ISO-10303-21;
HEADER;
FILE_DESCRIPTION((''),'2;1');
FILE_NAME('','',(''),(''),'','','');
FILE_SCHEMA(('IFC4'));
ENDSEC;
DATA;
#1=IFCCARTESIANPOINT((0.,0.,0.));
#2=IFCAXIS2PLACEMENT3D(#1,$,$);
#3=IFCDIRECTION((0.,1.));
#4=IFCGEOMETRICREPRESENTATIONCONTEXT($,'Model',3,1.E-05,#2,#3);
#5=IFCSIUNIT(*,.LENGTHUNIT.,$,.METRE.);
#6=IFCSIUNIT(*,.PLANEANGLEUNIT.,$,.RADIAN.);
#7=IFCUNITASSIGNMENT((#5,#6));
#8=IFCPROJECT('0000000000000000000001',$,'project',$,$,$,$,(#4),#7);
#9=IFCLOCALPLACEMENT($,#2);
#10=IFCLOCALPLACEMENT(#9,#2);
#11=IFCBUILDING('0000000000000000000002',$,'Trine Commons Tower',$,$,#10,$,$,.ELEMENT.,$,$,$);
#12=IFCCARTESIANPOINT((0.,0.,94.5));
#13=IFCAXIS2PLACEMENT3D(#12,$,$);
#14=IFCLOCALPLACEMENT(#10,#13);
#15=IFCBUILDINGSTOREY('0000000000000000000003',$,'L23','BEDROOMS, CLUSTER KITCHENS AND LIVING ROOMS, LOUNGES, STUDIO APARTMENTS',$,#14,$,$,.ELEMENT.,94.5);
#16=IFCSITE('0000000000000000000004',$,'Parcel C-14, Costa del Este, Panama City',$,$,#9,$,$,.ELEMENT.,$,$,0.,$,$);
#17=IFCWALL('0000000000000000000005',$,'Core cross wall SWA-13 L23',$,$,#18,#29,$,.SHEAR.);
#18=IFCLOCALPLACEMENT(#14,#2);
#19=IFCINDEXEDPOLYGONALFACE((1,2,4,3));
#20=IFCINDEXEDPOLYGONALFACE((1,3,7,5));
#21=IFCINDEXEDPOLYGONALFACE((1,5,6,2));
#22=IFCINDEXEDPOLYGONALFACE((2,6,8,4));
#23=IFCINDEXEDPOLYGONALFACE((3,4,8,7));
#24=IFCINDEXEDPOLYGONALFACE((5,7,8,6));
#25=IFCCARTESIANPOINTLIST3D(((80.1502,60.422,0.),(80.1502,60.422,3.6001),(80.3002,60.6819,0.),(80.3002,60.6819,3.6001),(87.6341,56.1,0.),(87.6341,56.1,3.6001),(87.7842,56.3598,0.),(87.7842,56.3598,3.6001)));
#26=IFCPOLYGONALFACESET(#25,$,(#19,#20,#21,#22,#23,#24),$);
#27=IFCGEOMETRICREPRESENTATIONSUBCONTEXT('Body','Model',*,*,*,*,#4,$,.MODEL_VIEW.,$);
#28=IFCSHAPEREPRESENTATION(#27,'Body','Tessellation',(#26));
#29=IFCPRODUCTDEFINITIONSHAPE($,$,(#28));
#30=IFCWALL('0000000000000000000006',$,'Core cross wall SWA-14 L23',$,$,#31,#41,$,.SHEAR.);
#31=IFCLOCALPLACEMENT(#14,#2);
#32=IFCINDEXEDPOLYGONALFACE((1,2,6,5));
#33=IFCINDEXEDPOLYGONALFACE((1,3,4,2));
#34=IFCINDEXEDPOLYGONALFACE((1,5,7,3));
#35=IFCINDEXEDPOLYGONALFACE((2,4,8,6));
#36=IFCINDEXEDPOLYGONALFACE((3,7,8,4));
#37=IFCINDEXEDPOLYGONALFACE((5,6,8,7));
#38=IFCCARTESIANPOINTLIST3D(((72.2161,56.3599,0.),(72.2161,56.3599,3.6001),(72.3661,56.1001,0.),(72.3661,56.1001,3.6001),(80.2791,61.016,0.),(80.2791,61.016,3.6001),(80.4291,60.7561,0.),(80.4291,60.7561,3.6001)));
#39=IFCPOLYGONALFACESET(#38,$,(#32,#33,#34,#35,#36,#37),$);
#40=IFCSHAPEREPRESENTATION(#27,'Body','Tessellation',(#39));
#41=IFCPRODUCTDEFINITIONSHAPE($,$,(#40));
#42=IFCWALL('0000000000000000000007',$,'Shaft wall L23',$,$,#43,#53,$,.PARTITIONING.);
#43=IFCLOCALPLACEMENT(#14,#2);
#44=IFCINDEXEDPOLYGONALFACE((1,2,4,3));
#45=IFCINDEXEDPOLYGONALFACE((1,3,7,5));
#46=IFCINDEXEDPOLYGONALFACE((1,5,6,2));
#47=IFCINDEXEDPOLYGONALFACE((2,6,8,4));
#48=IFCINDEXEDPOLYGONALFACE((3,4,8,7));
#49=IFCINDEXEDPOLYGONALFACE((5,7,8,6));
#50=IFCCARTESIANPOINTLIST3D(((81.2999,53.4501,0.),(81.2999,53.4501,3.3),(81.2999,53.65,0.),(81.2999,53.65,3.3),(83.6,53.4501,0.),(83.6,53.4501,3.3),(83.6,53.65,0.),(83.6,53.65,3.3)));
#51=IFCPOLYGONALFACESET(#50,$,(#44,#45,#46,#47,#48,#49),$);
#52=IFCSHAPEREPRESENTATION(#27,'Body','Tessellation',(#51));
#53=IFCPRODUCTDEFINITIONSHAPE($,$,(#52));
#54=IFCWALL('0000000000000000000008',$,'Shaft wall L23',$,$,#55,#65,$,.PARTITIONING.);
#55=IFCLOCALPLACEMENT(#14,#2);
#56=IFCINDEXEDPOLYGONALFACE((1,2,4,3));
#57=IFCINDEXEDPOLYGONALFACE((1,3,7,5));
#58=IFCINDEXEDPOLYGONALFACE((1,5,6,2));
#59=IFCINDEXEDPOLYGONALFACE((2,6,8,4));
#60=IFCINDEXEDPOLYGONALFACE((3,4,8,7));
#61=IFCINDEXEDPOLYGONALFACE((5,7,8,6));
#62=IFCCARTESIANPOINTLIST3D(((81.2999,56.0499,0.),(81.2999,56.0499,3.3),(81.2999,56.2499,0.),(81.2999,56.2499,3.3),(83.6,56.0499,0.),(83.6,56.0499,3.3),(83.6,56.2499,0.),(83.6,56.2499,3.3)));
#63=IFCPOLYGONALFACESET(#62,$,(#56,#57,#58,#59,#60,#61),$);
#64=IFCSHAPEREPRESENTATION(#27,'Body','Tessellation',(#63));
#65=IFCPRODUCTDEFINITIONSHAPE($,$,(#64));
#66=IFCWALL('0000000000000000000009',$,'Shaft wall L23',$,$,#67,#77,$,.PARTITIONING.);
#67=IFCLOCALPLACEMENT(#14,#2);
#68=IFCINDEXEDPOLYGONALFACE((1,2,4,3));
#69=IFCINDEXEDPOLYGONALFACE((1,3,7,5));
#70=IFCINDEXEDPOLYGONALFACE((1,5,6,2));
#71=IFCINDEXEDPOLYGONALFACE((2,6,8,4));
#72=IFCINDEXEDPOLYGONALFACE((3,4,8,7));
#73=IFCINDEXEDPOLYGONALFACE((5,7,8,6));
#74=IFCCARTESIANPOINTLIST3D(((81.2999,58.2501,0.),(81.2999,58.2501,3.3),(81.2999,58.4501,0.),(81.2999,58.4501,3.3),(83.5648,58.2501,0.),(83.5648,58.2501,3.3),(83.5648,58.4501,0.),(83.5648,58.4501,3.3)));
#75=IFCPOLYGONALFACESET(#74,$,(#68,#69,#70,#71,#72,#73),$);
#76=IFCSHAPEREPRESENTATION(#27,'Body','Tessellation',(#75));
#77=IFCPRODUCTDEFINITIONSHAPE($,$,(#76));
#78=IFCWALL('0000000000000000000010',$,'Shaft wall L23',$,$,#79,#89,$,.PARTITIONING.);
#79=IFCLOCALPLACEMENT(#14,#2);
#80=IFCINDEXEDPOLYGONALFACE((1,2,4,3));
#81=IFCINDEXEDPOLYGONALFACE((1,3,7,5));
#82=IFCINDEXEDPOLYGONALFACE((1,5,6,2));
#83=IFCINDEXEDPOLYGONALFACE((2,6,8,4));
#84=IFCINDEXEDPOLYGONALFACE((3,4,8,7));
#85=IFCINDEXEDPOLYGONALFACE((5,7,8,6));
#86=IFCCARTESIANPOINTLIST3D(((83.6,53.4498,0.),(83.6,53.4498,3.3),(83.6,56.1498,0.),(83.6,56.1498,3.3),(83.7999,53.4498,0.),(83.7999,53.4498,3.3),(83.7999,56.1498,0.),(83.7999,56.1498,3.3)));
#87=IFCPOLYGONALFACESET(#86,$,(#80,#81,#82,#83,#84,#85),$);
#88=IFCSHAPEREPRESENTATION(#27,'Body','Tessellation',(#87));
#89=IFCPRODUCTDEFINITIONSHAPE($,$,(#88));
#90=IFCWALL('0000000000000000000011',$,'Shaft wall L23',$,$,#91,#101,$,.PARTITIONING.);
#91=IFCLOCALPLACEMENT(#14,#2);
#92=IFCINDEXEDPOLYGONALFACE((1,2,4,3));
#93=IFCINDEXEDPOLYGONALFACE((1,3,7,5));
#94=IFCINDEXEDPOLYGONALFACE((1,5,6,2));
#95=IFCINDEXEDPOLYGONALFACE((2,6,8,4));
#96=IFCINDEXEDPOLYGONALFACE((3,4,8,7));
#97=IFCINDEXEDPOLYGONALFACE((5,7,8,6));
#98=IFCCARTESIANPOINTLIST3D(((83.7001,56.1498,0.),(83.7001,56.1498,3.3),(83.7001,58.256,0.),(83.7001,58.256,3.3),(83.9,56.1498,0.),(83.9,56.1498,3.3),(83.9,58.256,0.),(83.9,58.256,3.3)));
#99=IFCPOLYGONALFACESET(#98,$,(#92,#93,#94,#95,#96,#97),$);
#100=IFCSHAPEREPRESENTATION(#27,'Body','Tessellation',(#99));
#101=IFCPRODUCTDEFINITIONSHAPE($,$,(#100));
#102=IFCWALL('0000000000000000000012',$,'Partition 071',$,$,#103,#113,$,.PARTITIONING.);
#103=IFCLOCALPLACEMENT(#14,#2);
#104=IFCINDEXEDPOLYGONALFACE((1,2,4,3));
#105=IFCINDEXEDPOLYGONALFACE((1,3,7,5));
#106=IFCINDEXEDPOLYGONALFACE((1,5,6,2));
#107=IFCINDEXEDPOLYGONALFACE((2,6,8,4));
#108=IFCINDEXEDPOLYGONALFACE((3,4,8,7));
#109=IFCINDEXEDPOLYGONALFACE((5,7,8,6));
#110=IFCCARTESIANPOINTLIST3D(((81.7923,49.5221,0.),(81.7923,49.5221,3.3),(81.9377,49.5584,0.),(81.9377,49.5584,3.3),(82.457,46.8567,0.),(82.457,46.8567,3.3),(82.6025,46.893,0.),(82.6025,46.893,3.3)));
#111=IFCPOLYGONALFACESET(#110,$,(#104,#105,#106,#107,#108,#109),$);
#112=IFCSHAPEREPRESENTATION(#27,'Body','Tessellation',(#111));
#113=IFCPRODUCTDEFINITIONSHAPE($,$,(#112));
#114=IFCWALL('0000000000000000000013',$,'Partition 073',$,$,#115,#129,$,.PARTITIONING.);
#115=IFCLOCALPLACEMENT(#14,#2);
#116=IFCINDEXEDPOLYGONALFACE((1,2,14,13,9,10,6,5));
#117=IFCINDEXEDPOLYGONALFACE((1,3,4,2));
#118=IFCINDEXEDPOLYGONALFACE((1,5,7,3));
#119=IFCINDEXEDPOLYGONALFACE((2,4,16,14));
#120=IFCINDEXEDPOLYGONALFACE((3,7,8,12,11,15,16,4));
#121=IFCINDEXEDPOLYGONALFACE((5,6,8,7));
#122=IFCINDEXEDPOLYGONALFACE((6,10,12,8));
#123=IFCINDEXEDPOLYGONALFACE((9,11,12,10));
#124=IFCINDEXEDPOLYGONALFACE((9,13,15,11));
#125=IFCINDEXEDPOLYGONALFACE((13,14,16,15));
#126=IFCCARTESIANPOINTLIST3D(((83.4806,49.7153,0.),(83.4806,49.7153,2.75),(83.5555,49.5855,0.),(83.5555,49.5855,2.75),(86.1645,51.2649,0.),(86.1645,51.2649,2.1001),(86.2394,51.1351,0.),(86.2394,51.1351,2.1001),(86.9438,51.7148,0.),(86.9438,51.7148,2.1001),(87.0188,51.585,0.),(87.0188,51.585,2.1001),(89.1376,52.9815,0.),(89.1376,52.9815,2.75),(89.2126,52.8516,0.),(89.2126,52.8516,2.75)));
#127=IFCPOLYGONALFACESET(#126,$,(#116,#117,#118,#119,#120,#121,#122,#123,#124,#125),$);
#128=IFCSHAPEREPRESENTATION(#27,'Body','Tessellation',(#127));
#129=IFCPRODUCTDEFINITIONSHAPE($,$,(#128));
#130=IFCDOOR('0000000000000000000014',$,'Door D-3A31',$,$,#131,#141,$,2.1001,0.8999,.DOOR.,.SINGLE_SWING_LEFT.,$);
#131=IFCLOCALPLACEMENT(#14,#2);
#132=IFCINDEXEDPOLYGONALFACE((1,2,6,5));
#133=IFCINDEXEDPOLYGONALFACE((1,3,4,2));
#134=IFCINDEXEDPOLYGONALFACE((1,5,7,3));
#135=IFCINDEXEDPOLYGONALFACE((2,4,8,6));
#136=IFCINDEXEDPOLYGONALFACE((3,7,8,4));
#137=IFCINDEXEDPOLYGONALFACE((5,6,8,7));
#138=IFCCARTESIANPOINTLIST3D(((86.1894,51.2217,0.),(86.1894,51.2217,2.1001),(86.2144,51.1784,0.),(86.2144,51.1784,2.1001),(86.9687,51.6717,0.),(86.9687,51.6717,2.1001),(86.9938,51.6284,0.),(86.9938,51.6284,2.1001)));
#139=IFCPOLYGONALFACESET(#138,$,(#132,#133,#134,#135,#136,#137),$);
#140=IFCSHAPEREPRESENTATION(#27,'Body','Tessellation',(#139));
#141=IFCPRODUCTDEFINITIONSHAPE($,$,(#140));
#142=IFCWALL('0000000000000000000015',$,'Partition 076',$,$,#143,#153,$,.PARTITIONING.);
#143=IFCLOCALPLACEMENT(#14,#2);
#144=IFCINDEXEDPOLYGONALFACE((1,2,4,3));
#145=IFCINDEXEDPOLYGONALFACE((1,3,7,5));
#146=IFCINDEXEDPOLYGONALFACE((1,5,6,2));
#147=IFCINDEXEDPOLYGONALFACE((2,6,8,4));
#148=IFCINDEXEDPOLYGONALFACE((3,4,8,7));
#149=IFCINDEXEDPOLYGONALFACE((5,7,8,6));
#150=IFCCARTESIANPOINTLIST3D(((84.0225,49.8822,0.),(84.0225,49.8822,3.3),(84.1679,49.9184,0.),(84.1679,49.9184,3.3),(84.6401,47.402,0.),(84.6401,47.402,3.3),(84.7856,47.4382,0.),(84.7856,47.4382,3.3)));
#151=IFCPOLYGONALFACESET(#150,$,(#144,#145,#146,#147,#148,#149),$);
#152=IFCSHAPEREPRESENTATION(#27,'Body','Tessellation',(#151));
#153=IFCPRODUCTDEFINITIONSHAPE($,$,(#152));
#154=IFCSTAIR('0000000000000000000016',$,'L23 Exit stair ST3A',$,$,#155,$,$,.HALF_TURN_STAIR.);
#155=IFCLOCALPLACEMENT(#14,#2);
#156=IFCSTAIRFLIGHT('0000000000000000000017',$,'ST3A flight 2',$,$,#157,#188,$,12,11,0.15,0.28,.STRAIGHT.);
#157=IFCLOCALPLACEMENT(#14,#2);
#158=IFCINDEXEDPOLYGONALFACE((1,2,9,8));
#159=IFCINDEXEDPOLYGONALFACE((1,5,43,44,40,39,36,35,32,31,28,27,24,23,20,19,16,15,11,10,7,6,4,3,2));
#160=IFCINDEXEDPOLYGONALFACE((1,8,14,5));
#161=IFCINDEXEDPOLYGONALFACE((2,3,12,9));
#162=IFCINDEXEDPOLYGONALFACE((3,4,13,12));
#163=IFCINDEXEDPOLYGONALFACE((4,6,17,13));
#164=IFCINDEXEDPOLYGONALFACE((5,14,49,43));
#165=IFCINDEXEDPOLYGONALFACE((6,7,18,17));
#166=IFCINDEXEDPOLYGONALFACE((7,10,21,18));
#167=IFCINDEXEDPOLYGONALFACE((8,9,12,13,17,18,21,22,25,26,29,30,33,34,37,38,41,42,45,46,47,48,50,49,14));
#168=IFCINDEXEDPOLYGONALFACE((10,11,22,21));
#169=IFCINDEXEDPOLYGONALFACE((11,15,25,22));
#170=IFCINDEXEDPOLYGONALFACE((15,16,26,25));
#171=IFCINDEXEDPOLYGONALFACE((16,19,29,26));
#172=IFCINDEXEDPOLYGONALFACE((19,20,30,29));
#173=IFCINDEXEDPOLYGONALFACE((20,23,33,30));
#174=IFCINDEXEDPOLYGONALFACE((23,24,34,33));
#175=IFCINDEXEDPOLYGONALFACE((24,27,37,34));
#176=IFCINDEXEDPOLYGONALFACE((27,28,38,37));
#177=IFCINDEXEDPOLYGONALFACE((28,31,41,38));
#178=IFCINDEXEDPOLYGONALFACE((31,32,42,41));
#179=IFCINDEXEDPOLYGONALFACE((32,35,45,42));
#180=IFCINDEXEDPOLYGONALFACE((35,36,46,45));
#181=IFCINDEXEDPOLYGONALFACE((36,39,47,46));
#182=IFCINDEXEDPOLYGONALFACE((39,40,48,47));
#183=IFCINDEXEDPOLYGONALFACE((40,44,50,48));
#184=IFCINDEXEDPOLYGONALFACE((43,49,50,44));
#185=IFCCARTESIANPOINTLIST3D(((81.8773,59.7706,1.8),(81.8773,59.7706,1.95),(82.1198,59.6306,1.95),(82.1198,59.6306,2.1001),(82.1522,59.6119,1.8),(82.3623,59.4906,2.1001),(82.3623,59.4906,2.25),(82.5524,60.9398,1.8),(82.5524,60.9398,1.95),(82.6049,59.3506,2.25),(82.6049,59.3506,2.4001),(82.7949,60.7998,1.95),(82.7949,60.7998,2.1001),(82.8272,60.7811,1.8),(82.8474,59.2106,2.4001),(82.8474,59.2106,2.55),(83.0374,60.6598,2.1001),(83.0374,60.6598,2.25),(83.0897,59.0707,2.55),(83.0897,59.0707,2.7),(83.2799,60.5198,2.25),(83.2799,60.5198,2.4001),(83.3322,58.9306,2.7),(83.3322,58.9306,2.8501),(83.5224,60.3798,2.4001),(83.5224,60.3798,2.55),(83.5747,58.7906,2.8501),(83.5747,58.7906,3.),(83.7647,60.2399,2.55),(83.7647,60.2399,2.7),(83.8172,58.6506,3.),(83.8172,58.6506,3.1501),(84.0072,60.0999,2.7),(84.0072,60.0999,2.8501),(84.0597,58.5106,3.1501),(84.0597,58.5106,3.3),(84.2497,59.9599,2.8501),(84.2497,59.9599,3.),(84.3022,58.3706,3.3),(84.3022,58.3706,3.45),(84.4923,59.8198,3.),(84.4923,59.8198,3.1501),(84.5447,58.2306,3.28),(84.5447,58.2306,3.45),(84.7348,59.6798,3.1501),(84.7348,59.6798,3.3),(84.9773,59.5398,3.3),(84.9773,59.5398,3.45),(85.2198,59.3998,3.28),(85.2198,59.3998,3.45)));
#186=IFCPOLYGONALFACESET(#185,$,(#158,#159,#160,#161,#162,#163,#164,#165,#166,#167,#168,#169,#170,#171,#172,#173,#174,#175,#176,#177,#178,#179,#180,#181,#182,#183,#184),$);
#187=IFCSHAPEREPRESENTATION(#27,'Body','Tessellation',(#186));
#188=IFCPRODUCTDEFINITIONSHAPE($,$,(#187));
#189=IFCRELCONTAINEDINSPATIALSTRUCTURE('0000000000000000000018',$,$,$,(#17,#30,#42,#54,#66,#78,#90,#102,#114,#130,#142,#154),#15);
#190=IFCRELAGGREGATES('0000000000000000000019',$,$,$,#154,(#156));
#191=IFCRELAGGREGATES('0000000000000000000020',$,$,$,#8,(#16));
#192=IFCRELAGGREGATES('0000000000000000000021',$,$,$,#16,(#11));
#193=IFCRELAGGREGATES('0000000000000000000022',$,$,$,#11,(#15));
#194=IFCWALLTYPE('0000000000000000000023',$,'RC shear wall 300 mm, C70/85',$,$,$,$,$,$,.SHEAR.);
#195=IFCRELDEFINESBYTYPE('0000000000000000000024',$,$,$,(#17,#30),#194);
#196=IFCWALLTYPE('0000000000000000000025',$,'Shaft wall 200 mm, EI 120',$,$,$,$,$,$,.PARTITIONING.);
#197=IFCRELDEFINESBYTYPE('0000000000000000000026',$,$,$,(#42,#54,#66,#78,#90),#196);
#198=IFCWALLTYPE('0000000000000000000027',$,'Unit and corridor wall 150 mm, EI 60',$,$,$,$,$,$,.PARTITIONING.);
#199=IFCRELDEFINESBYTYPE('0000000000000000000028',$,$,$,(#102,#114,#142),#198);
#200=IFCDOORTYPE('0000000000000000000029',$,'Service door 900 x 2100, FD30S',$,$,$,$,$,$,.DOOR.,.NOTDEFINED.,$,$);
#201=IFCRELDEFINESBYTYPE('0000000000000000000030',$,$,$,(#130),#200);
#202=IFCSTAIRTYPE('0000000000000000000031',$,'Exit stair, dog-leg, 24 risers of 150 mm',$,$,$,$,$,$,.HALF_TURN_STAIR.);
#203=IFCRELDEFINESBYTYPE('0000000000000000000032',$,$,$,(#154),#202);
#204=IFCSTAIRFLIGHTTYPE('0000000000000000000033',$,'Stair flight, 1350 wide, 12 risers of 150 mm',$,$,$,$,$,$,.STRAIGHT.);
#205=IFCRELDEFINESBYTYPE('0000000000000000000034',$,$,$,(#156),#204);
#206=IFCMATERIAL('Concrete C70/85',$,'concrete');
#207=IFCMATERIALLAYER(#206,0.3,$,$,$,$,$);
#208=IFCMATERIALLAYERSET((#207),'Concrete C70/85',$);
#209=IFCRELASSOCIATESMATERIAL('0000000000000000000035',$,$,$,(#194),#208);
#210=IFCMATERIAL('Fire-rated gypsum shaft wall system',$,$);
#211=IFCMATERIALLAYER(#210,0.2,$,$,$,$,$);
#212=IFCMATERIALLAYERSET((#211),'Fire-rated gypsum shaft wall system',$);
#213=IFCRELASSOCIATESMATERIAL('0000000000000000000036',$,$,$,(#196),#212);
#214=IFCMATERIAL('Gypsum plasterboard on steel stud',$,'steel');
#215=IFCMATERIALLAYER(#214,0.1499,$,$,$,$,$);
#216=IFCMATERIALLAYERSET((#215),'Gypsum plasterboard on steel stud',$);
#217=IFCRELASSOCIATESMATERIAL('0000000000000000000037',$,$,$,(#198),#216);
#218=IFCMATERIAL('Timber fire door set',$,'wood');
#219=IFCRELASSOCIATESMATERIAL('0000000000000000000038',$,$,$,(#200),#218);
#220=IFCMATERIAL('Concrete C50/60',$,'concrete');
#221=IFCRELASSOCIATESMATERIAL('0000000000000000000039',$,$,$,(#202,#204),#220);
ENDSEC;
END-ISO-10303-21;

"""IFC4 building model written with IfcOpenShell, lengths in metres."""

from ifc_helpers import new_model, si_unit, direction, frame, frame_2d, origin, place, context, subcontext, project, spatial, polyline, rectangle, outline, extrude, material, layer, layer_set, type_object, element, fill, aggregate, save


model = new_model("IFC4")

# Units and contexts
model_context = context("Model", 3, precision=1e-05, world=origin(), true_north=direction((0.0, 1.0)))
body_context = subcontext(model_context, "Body", "Model", "MODEL_VIEW")
ifc_project = project(units=[si_unit("LENGTHUNIT", "METRE"), si_unit("PLANEANGLEUNIT", "RADIAN")], contexts=[model_context])

# Site, building, storey
site_placement = place(None, origin())
site = spatial("IfcSite", under=ifc_project, at=site_placement, Name="Parcel C-14, Costa del Este, Panama City", CompositionType="ELEMENT", RefElevation=0.0)
building_placement = place(site_placement, origin())
building = spatial("IfcBuilding", under=site, at=building_placement, Name="Trine Commons Tower", CompositionType="ELEMENT")
storey_placement = place(building_placement, frame((0.0, 0.0, 94.5)))
storey = spatial("IfcBuildingStorey", under=building, at=storey_placement, Name="L23", Description="BEDROOMS, CLUSTER KITCHENS AND LIVING ROOMS, LOUNGES, STUDIO APARTMENTS", CompositionType="ELEMENT", Elevation=94.5)

# Shared definitions
ifc_material_1 = material(Name="Concrete C50/60", Category="concrete")

# Shared definitions
ifc_material_2 = material(Name="Fire-rated gypsum shaft wall system")
ifc_material_3 = material(Name="Concrete C70/85", Category="concrete")

# Shared definitions
ifc_layer_1 = layer(ifc_material_3, 0.3)
ifc_layer_set_1 = layer_set([ifc_layer_1], Name="Concrete C70/85")
wall_type_1 = type_object("IfcWallType", Name="RC shear wall 300 mm, C70/85", PredefinedType="SHEAR", material=ifc_layer_set_1)

# Walls
wall_1_placement = place(storey_placement, frame((80.2251, 60.552, 0.0), z_axis=(0.0, 0.0, 1.0), x_axis=(0.865965, -0.500104, 0.0)))
element("IfcWall", 1, at=wall_1_placement, inside=storey, type_object=wall_type_1, Name="Core cross wall SWA-13 L23", PredefinedType="SHEAR", context=body_context, shape_type="SweptSolid", body=[
    extrude(rectangle(XDim=8.6423, YDim=0.3, at=frame_2d((4.3213, 0.0))), origin(), (0.0, 0.0, 1.0), 3.6001),
])
wall_2_placement = place(storey_placement, frame((80.354, 60.886, 0.0), z_axis=(0.0, 0.0, 1.0), x_axis=(-0.865986, -0.500067, 0.0)))
element("IfcWall", 2, at=wall_2_placement, inside=storey, type_object=wall_type_1, Name="Core cross wall SWA-14 L23", PredefinedType="SHEAR", context=body_context, shape_type="SweptSolid", body=[
    extrude(rectangle(XDim=9.3108, YDim=0.3, at=frame_2d((4.6553, 0.0))), origin(), (0.0, 0.0, 1.0), 3.6001),
])
ifc_layer_2 = layer(ifc_material_2, 0.2)
ifc_layer_set_2 = layer_set([ifc_layer_2], Name="Fire-rated gypsum shaft wall system")
wall_type_2 = type_object("IfcWallType", Name="Shaft wall 200 mm, EI 120", PredefinedType="PARTITIONING", material=ifc_layer_set_2)
for number, where, z_axis, x_axis, name in (
    (3, (81.3, 53.55, 0.0), (0.0, 0.0, 1.0), (1.0, 0.0, 0.0), "Shaft wall L23"),
    (4, (81.3, 56.1499, 0.0), (0.0, 0.0, 1.0), (1.0, 0.0, 0.0), "Shaft wall L23"),
):
    element("IfcWall", number, at=place(storey_placement, frame(where, z_axis=z_axis, x_axis=x_axis)), inside=storey, type_object=wall_type_2, Name=name, PredefinedType="PARTITIONING", context=body_context, shape_type="SweptSolid", body=[
        extrude(rectangle(XDim=2.3, YDim=0.2, at=frame_2d((1.1499, 0.0))), origin(), (0.0, 0.0, 1.0), 3.3),
    ])
wall_3_placement = place(storey_placement, frame((81.3, 58.3501, 0.0), z_axis=(0.0, 0.0, 1.0), x_axis=(1.0, 0.0, 0.0)))
element("IfcWall", 5, at=wall_3_placement, inside=storey, type_object=wall_type_2, Name="Shaft wall L23", PredefinedType="PARTITIONING", context=body_context, shape_type="SweptSolid", body=[
    extrude(rectangle(XDim=2.2649, YDim=0.2, at=frame_2d((1.1323, 0.0))), origin(), (0.0, 0.0, 1.0), 3.3),
])
wall_4_placement = place(storey_placement, frame((83.7, 56.1499, 0.0), z_axis=(0.0, 0.0, 1.0), x_axis=(0.0, -1.0, 0.0)))
element("IfcWall", 6, at=wall_4_placement, inside=storey, type_object=wall_type_2, Name="Shaft wall L23", PredefinedType="PARTITIONING", context=body_context, shape_type="SweptSolid", body=[
    extrude(rectangle(XDim=2.7, YDim=0.2, at=frame_2d((1.3501, 0.0))), origin(), (0.0, 0.0, 1.0), 3.3),
])
wall_5_placement = place(storey_placement, frame((83.8, 58.2561, 0.0), z_axis=(0.0, 0.0, 1.0), x_axis=(0.0, -1.0, 0.0)))
element("IfcWall", 7, at=wall_5_placement, inside=storey, type_object=wall_type_2, Name="Shaft wall L23", PredefinedType="PARTITIONING", context=body_context, shape_type="SweptSolid", body=[
    extrude(rectangle(XDim=2.1062, YDim=0.2, at=frame_2d((1.0532, 0.0))), origin(), (0.0, 0.0, 1.0), 3.3),
])
ifc_material_4 = material(Name="Gypsum plasterboard on steel stud", Category="steel")
ifc_layer_3 = layer(ifc_material_4, 0.1499)
ifc_layer_set_3 = layer_set([ifc_layer_3], Name="Gypsum plasterboard on steel stud")
wall_type_3 = type_object("IfcWallType", Name="Unit and corridor wall 150 mm, EI 60", PredefinedType="PARTITIONING", material=ifc_layer_set_3)
wall_6_placement = place(storey_placement, frame((81.865, 49.5403, 0.0), z_axis=(0.0, 0.0, 1.0), x_axis=(0.241992, -0.970278, 0.0)))
element("IfcWall", 8, at=wall_6_placement, inside=storey, type_object=wall_type_3, Name="Partition 071", PredefinedType="PARTITIONING", context=body_context, shape_type="SweptSolid", body=[
    extrude(rectangle(XDim=2.7471, YDim=0.1499, at=frame_2d((1.3735, 0.0))), origin(), (0.0, 0.0, 1.0), 3.3),
])

# Wall, opening, door
wall_7_placement = place(storey_placement, frame((83.5181, 49.6504, 0.0), z_axis=(0.0, 0.0, 1.0), x_axis=(0.866022, 0.500006, 0.0)))
wall_7 = element("IfcWall", 9, at=wall_7_placement, inside=storey, type_object=wall_type_3, Name="Partition 073", PredefinedType="PARTITIONING", context=body_context, shape_type="SweptSolid", body=[
    extrude(rectangle(XDim=6.5322, YDim=0.1499, at=frame_2d((3.2661, 0.0))), origin(), (0.0, 0.0, 1.0), 2.75),
])
opening_1_placement = place(wall_7_placement, frame((3.0991, 0.0, 0.0)))
opening_1 = element("IfcOpeningElement", 10, at=opening_1_placement, cuts=wall_7, PredefinedType="OPENING", context=body_context, shape_type="SweptSolid", body=[
    extrude(rectangle(XDim=0.8999, YDim=2.1001, at=frame_2d((0.45, 1.05))), frame((0.0, 0.085, 0.0), z_axis=(0.0, -1.0, 0.0), x_axis=(1.0, 0.0, 0.0)), (0.0, 0.0, 1.0), 0.1699),
])
ifc_material_5 = material(Name="Timber fire door set", Category="wood")
door_type_1 = type_object("IfcDoorType", Name="Service door 900 x 2100, FD30S", OperationType="NOTDEFINED", PredefinedType="DOOR", material=ifc_material_5)
door_1_placement = place(opening_1_placement, frame((0.8999, 0.0, 0.0), z_axis=(0.0, 0.0, 1.0), x_axis=(-1.0, 0.0, 0.0)))
door_1 = element("IfcDoor", 11, at=door_1_placement, inside=storey, type_object=door_type_1, Name="Door D-3A31", OperationType="SINGLE_SWING_LEFT", OverallHeight=2.1001, OverallWidth=0.8999, PredefinedType="DOOR", context=body_context, shape_type="SweptSolid", body=[
    extrude(rectangle(XDim=0.8999, YDim=2.1001, at=frame_2d((0.45, 1.05))), frame((0.0, 0.0249, 0.0), z_axis=(0.0, -1.0, 0.0), x_axis=(1.0, 0.0, 0.0)), (0.0, 0.0, 1.0), 0.05),
])
fill(opening_1, door_1)

# Wall
wall_8_placement = place(storey_placement, frame((84.0952, 49.9001, 0.0), z_axis=(0.0, 0.0, 1.0), x_axis=(0.241659, -0.970361, 0.0)))
element("IfcWall", 12, at=wall_8_placement, inside=storey, type_object=wall_type_3, Name="Partition 076", PredefinedType="PARTITIONING", context=body_context, shape_type="SweptSolid", body=[
    extrude(rectangle(XDim=2.5559, YDim=0.1499, at=frame_2d((1.2778, 0.0))), origin(), (0.0, 0.0, 1.0), 3.3),
])

# Stair, stair flight
stair_type = type_object("IfcStairType", Name="Exit stair, dog-leg, 24 risers of 150 mm", PredefinedType="HALF_TURN_STAIR", material=ifc_material_1)
stair_placement = place(storey_placement, origin())
stair = element("IfcStair", 13, at=stair_placement, inside=storey, type_object=stair_type, Name="L23 Exit stair ST3A", PredefinedType="HALF_TURN_STAIR")
stair_flight_type = type_object("IfcStairFlightType", Name="Stair flight, 1350 wide, 12 risers of 150 mm", PredefinedType="STRAIGHT", material=ifc_material_1)
stair_flight_placement = place(storey_placement, frame((82.2148, 60.3552, 1.8), z_axis=(0.0, 0.0, 1.0), x_axis=(0.866025, -0.5, 0.0)))
stair_flight = element("IfcStairFlight", 14, at=stair_flight_placement, type_object=stair_flight_type, Name="ST3A flight 2", NumberOfRisers=12, NumberOfTreads=11, PredefinedType="STRAIGHT", RiserHeight=0.15, TreadLength=0.28, context=body_context, shape_type="SweptSolid", body=[
    extrude(outline(polyline([(0.0, 0.0), (0.0, 0.1499), (0.28, 0.1499), (0.28, 0.3), (0.5601, 0.3), (0.5601, 0.45), (0.8401, 0.45), (0.8401, 0.6001), (1.1201, 0.6001), (1.1201, 0.75), (1.3999, 0.75), (1.3999, 0.8999), (1.6799, 0.8999), (1.6799, 1.05), (1.96, 1.05), (1.96, 1.2), (2.24, 1.2), (2.24, 1.3501), (2.52, 1.3501), (2.52, 1.5), (2.8, 1.5), (2.8, 1.6499), (3.0801, 1.6499), (3.0801, 1.8), (3.0801, 1.48), (0.3174, 0.0), (0.0, 0.0)])), frame((0.0, 0.675, 0.0), z_axis=(0.0, -1.0, 0.0), x_axis=(1.0, 0.0, 0.0)), (0.0, 0.0, 1.0), 1.3501),
])
aggregate(stair, [stair_flight])

save(model, "model.ifc")
